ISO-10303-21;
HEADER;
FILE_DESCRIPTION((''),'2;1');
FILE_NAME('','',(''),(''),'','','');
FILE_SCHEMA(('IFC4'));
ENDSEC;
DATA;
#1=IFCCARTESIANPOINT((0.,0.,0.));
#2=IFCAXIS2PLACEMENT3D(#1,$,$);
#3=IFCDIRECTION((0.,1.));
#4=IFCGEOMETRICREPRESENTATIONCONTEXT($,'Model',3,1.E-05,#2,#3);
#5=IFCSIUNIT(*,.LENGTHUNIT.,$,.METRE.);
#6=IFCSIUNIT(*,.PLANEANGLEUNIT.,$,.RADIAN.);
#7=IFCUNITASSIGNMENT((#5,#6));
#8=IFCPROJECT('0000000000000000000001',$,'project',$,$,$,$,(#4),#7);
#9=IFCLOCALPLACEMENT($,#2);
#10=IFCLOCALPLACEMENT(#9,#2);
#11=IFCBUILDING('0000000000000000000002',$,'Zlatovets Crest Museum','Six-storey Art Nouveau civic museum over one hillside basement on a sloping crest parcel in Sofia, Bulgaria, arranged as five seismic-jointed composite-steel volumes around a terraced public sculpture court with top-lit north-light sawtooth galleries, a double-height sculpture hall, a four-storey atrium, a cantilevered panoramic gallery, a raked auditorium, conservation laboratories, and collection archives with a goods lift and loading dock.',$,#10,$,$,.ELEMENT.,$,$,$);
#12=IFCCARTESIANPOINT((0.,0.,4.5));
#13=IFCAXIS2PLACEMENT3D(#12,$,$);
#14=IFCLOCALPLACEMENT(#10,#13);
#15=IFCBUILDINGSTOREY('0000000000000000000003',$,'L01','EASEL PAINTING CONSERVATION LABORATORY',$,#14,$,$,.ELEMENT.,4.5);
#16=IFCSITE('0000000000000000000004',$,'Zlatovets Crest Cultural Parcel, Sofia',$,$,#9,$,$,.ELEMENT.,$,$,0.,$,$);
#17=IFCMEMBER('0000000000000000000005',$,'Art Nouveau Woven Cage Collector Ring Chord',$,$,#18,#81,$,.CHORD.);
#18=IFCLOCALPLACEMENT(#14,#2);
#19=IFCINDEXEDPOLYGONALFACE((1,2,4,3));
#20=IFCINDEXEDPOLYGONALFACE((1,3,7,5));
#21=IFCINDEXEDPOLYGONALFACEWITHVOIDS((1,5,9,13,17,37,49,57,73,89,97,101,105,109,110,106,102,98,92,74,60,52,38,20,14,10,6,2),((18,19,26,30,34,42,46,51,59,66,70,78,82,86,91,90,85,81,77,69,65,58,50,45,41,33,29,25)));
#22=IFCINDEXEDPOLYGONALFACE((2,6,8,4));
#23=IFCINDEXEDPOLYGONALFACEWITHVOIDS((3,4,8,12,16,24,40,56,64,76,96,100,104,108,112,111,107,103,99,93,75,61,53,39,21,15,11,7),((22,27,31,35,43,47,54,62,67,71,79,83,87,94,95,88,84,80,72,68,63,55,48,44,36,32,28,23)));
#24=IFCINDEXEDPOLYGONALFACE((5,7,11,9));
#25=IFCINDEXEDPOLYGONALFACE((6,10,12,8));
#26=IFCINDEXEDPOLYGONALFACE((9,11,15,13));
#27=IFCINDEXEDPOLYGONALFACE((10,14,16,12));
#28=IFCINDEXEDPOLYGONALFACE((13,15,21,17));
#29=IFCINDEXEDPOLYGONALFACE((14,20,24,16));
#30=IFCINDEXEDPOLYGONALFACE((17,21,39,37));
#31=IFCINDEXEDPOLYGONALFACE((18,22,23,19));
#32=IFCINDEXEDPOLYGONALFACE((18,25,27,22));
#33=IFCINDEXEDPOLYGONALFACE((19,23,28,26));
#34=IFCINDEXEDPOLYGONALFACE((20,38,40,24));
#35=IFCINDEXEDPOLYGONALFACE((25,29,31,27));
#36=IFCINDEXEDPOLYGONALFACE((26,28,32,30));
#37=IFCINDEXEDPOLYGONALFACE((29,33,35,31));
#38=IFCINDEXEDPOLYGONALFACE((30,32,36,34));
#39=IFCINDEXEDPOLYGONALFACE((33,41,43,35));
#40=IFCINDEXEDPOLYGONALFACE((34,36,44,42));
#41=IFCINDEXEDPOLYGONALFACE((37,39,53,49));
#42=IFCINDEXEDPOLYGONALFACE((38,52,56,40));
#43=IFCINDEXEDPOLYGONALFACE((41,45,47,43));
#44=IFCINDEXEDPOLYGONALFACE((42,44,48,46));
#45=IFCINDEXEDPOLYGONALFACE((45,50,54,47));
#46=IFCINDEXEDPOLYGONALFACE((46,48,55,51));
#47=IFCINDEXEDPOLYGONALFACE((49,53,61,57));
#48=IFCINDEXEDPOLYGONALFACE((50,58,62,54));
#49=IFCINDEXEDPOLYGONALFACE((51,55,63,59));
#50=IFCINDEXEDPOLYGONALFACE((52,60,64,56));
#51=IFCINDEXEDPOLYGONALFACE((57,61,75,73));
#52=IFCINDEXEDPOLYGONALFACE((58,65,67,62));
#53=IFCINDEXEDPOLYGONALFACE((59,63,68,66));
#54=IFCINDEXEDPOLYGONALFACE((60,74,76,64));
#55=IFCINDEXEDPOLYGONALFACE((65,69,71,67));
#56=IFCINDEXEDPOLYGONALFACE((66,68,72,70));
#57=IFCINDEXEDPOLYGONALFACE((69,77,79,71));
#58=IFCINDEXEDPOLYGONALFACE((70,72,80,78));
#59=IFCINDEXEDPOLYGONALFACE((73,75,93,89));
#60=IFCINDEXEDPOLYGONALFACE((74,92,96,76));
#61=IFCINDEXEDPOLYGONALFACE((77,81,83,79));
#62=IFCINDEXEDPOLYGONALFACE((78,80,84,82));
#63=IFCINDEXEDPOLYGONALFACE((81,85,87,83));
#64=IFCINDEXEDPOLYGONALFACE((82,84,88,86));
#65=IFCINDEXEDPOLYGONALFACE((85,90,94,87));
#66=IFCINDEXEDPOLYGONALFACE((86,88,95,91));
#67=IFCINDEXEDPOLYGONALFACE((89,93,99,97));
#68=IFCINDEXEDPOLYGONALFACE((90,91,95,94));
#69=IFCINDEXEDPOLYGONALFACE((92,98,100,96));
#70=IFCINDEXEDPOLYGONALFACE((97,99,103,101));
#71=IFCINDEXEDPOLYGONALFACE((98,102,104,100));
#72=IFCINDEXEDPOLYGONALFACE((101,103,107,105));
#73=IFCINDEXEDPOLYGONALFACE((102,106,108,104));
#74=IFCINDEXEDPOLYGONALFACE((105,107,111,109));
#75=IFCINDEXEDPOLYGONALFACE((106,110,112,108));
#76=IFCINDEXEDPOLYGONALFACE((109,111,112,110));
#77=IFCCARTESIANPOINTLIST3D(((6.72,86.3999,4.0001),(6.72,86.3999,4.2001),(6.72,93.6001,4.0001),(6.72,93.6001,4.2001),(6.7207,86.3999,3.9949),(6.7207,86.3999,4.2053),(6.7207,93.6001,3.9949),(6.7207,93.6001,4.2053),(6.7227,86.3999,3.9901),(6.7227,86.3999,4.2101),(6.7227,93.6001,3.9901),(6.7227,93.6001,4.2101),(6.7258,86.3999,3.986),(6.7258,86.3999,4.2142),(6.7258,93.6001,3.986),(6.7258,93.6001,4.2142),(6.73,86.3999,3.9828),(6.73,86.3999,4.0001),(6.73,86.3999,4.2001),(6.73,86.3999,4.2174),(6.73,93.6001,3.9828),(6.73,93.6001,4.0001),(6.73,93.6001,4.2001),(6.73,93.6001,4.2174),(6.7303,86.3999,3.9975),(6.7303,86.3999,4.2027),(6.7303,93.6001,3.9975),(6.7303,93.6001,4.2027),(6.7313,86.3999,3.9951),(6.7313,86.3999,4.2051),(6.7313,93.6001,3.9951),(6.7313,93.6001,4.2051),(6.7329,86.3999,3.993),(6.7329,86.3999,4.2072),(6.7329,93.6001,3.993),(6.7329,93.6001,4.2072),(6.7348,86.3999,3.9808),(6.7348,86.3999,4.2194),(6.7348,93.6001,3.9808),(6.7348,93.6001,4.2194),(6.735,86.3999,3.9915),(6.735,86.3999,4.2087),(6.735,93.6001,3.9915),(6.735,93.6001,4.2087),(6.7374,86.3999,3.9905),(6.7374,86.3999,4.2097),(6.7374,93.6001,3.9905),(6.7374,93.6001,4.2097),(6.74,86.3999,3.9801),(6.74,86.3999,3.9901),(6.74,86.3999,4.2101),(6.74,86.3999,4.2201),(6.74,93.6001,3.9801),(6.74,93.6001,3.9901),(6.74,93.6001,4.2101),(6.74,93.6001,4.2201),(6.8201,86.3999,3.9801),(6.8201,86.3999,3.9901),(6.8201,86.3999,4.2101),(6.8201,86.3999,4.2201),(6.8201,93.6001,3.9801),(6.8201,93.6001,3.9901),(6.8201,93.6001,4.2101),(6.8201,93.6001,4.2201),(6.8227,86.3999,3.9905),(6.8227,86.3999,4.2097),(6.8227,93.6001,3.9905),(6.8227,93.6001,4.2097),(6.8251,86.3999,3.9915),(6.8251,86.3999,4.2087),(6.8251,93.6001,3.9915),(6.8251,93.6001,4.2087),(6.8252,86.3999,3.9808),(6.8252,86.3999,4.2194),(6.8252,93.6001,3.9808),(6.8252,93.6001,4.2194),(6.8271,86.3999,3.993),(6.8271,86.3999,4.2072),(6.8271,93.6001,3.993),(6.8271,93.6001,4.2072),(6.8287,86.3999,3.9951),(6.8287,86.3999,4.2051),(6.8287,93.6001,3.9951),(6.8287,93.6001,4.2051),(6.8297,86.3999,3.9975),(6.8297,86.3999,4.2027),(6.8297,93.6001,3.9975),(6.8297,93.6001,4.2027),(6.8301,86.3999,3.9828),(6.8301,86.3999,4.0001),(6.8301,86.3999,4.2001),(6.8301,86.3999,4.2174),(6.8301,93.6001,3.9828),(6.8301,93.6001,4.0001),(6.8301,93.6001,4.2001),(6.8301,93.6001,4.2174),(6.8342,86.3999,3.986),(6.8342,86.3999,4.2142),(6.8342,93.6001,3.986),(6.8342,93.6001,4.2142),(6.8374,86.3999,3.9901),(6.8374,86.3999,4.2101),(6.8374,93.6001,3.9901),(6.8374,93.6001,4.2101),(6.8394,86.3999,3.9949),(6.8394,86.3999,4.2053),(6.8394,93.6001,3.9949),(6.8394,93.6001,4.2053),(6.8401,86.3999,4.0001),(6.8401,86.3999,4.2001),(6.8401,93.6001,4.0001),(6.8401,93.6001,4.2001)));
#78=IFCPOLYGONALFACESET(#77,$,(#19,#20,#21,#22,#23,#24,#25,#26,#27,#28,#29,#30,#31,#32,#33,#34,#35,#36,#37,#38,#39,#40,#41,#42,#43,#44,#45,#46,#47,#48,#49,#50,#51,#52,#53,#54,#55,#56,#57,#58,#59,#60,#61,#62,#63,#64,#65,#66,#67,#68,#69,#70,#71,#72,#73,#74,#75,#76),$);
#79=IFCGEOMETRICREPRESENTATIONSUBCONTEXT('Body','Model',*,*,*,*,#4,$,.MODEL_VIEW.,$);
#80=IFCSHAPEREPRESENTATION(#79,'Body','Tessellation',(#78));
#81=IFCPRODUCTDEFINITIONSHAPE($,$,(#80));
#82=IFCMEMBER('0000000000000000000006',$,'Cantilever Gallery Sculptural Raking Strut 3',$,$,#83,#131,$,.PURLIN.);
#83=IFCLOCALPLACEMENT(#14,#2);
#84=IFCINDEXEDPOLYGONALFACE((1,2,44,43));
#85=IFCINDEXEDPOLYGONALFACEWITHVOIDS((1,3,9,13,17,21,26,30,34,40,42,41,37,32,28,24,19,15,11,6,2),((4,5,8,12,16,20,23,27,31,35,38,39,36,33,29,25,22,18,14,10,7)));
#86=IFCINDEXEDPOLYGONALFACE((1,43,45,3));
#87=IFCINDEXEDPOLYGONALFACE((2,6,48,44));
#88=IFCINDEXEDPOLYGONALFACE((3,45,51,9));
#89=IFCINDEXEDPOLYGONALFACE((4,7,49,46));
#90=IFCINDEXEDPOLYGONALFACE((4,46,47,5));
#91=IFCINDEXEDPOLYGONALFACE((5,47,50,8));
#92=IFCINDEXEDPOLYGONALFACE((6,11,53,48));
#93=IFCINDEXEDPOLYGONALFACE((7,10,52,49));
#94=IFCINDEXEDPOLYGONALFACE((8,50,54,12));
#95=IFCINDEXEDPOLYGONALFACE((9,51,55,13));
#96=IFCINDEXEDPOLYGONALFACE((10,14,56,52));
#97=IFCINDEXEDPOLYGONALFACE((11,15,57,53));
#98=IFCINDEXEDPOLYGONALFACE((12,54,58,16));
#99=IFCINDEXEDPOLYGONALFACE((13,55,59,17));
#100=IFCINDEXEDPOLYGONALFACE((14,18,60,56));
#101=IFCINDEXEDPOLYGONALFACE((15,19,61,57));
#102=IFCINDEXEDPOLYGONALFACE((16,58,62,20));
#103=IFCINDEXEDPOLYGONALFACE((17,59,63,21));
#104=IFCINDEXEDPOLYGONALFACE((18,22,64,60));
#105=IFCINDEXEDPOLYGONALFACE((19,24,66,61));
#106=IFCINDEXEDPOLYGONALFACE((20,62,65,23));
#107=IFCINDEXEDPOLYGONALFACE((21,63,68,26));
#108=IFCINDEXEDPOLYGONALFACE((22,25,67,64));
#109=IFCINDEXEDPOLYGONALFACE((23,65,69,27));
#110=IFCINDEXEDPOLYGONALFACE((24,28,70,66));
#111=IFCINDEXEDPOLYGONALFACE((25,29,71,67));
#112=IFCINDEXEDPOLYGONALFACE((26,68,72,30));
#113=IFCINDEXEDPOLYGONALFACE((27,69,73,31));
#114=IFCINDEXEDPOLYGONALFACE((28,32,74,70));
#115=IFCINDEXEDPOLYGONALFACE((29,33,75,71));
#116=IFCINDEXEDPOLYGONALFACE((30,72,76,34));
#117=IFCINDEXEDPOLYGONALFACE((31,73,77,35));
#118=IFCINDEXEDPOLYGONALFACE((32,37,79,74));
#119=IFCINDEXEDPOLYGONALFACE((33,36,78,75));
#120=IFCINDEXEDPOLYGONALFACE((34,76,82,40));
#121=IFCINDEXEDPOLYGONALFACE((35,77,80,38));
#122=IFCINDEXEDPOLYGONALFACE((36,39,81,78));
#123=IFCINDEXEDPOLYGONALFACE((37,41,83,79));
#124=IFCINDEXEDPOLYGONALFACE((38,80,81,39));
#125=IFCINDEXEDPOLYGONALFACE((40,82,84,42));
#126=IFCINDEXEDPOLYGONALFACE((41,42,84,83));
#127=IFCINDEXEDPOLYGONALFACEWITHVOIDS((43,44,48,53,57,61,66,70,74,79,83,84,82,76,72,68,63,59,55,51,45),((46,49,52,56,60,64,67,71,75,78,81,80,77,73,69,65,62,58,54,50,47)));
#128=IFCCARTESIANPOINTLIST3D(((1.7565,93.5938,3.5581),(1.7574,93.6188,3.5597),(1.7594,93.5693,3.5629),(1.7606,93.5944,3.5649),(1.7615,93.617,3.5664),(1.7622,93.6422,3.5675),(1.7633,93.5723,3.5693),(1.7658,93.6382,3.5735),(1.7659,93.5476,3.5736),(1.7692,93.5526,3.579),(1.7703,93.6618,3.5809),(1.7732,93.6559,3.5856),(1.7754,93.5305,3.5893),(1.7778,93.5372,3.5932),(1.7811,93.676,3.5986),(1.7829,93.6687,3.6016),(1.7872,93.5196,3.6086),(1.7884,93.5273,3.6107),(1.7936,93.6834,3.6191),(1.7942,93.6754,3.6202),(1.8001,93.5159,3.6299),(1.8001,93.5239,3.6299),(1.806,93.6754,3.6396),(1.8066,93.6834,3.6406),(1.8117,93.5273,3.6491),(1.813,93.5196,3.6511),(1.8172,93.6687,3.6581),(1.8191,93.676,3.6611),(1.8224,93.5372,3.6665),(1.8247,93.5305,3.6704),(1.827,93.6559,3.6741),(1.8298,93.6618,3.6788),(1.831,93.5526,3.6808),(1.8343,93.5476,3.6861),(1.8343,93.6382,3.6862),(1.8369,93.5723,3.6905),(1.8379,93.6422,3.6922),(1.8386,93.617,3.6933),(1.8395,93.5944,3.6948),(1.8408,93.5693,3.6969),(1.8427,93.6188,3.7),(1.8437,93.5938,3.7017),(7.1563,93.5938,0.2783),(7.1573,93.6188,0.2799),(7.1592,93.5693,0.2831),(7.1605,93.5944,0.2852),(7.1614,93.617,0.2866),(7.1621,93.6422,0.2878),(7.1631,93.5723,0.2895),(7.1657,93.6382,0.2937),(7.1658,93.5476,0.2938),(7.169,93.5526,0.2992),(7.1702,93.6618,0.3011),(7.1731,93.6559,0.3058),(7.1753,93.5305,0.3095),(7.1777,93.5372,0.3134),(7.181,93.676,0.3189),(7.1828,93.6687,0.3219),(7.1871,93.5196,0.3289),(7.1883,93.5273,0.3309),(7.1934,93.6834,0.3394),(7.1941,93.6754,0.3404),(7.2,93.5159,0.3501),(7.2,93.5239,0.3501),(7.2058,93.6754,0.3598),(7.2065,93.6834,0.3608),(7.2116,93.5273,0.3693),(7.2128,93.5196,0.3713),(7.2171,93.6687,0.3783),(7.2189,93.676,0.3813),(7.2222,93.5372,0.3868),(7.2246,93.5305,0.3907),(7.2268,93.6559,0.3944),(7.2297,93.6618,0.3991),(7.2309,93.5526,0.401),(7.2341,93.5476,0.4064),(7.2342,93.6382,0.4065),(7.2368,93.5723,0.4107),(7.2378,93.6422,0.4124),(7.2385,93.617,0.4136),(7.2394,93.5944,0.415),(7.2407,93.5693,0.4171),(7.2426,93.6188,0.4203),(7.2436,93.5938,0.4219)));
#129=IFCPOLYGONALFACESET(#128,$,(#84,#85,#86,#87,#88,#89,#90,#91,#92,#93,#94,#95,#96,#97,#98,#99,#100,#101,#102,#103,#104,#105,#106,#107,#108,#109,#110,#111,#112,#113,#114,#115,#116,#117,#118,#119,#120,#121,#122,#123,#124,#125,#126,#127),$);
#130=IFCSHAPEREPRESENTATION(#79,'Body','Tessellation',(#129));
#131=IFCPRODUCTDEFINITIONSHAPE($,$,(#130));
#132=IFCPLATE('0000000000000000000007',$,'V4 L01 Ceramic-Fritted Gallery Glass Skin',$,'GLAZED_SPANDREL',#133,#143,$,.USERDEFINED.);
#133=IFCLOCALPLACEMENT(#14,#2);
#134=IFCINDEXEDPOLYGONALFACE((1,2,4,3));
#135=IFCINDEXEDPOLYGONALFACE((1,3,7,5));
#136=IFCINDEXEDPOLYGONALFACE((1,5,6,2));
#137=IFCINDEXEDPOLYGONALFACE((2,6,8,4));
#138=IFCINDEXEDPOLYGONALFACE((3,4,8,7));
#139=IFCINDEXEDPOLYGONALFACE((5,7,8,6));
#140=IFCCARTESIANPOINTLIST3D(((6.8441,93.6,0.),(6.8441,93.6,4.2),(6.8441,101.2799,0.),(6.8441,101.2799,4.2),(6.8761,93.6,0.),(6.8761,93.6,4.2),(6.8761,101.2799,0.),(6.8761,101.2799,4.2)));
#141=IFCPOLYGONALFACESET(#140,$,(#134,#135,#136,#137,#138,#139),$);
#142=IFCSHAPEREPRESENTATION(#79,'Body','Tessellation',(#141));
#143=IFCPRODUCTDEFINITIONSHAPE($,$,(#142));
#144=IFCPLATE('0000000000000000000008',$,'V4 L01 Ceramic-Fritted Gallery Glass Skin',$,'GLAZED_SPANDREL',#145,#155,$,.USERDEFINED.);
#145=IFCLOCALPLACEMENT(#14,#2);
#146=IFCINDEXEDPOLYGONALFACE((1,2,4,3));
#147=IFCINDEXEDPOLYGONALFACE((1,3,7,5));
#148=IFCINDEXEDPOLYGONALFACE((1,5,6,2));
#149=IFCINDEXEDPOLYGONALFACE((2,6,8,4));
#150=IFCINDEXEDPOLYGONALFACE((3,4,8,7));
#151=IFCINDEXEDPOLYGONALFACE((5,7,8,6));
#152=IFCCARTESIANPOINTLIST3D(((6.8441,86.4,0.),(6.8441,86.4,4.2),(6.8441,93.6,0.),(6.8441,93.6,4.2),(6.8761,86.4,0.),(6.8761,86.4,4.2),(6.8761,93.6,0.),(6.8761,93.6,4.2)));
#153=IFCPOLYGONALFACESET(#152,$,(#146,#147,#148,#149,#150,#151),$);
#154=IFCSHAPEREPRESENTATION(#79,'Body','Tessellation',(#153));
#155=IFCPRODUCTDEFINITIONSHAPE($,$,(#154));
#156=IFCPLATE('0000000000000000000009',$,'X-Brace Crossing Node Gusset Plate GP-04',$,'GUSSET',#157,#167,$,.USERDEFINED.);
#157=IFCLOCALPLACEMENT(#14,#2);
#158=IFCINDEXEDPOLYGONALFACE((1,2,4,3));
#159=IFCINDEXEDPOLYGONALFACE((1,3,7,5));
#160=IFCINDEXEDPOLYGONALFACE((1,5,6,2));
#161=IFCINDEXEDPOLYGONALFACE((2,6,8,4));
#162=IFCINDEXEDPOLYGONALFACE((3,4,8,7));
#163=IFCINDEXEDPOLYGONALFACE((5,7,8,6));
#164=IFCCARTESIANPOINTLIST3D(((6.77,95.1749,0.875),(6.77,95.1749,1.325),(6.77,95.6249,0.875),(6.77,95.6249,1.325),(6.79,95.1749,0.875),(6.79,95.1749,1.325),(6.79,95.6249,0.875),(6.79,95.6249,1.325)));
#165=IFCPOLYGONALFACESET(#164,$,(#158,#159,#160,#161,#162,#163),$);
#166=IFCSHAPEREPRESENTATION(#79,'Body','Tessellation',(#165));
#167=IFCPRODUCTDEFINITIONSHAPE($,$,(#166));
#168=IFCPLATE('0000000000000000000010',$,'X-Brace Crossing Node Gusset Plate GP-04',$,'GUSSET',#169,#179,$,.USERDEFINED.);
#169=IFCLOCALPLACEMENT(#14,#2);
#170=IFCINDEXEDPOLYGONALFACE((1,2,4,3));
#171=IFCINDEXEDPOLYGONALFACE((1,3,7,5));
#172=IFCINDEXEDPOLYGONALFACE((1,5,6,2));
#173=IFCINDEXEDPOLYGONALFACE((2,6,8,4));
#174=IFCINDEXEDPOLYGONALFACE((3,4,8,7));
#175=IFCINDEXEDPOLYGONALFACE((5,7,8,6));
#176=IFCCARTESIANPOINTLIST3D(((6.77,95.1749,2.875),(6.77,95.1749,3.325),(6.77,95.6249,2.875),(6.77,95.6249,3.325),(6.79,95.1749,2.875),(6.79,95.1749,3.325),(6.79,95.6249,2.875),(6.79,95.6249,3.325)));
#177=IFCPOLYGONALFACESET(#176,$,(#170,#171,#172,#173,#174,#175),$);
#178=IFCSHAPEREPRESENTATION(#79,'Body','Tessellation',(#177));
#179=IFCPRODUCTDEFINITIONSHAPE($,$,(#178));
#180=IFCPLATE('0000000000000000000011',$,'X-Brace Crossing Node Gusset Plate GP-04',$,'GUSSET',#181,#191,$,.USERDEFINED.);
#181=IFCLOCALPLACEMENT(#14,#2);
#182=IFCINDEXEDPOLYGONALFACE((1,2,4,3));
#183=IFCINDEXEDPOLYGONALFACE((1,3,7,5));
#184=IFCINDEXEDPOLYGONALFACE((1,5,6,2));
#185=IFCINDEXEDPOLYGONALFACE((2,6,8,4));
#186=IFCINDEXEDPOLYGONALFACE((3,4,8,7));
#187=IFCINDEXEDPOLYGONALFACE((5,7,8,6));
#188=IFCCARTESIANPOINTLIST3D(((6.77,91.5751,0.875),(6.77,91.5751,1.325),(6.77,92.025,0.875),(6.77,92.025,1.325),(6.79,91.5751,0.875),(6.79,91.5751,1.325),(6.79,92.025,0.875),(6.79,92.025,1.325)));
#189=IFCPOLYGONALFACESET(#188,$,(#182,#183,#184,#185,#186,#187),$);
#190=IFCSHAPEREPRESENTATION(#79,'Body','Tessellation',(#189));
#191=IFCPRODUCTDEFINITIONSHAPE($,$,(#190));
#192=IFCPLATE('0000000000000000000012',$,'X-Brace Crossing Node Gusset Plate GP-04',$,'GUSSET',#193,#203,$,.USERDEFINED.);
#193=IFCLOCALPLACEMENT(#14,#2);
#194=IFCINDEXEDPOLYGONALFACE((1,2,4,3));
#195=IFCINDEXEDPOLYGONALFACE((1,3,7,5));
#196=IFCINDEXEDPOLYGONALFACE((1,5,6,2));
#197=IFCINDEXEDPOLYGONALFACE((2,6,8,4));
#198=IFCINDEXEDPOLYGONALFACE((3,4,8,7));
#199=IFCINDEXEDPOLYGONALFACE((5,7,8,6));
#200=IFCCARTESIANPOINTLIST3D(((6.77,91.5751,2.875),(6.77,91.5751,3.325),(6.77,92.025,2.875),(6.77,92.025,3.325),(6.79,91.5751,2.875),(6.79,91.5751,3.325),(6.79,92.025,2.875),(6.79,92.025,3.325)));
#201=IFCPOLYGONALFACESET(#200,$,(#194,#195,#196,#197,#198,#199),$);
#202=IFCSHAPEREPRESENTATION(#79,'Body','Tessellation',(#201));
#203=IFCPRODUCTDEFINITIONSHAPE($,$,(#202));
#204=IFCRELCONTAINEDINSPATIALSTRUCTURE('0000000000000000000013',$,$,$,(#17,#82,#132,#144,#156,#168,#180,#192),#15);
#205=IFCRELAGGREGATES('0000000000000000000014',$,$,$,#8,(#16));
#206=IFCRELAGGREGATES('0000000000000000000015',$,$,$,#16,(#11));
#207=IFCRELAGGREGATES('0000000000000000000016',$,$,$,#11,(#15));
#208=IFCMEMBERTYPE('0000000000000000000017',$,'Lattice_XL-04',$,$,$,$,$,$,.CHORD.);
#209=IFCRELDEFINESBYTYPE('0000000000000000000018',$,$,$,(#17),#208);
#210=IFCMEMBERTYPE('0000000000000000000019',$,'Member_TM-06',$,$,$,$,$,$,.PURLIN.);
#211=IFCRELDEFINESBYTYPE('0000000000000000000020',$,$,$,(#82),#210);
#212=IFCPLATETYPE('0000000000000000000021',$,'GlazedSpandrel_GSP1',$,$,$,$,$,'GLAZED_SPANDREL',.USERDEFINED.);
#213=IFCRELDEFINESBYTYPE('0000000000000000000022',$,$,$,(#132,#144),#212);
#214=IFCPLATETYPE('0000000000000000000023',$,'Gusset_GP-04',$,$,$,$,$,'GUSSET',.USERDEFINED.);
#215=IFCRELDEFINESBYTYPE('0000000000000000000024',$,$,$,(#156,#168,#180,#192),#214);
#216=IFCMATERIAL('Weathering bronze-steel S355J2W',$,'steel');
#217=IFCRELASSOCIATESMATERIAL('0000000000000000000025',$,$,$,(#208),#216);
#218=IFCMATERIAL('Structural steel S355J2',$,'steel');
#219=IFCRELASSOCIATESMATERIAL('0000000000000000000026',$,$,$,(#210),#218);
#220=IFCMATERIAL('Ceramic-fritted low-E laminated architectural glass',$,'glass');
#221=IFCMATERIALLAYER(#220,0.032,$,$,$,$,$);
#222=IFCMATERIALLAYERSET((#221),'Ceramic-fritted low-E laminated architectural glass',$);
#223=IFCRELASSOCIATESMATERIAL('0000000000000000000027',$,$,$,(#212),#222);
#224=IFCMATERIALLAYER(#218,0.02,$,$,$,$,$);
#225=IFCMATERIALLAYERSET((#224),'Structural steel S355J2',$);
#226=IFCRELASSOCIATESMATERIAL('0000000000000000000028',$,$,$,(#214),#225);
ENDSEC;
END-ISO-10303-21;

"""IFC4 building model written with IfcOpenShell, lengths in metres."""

from ifc_helpers import new_model, si_unit, direction, frame, origin, origin_2d, place, context, subcontext, project, spatial, rectangle, hollow_rectangle, hollow_circle, extrude, material, layer, layer_set, material_profile, profile_set, type_object, element, save


model = new_model("IFC4")

# Units and contexts
model_context = context("Model", 3, precision=1e-05, world=origin(), true_north=direction((0.0, 1.0)))
body_context = subcontext(model_context, "Body", "Model", "MODEL_VIEW")
ifc_project = project(units=[si_unit("LENGTHUNIT", "METRE"), si_unit("PLANEANGLEUNIT", "RADIAN")], contexts=[model_context])

# Site, building, storey
site_placement = place(None, origin())
site = spatial("IfcSite", under=ifc_project, at=site_placement, Name="Zlatovets Crest Cultural Parcel, Sofia", CompositionType="ELEMENT", RefElevation=0.0)
building_placement = place(site_placement, origin())
building = spatial("IfcBuilding", under=site, at=building_placement, Name="Zlatovets Crest Museum", Description="Six-storey Art Nouveau civic museum over one hillside basement on a sloping crest parcel in Sofia, Bulgaria, arranged as five seismic-jointed composite-steel volumes around a terraced public sculpture court with top-lit north-light sawtooth galleries, a double-height sculpture hall, a four-storey atrium, a cantilevered panoramic gallery, a raked auditorium, conservation laboratories, and collection archives with a goods lift and loading dock.", CompositionType="ELEMENT")
storey_placement = place(building_placement, frame((0.0, 0.0, 4.5)))
storey = spatial("IfcBuildingStorey", under=building, at=storey_placement, Name="L01", Description="EASEL PAINTING CONSERVATION LABORATORY", CompositionType="ELEMENT", Elevation=4.5)

# Shared definitions
ifc_material_1 = material(Name="Structural steel S355J2", Category="steel")

# Members
ifc_material_2 = material(Name="Weathering bronze-steel S355J2W", Category="steel")
ifc_material_profile_1 = material_profile(ifc_material_2, hollow_rectangle(XDim=0.1201, YDim=0.24, WallThickness=0.01, InnerFilletRadius=0.01, OuterFilletRadius=0.02, at=origin_2d()), Name="RHS 120x240x10.0")
ifc_profile_set_1 = profile_set([ifc_material_profile_1], Name="Weathering bronze-steel S355J2W")
member_type_1 = type_object("IfcMemberType", Name="Lattice_XL-04", PredefinedType="CHORD", material=ifc_profile_set_1)
member_1_placement = place(storey_placement, frame((6.78, 93.6001, 4.1001), z_axis=(0.0, -1.0, 0.0), x_axis=(1.0, 0.0, 0.0)))
element("IfcMember", 1, at=member_1_placement, inside=storey, type_object=member_type_1, Name="Art Nouveau Woven Cage Collector Ring Chord", PredefinedType="CHORD", context=body_context, shape_type="SweptSolid", body=[
    extrude(hollow_rectangle(XDim=0.1201, YDim=0.24, WallThickness=0.01, InnerFilletRadius=0.01, OuterFilletRadius=0.02, at=origin_2d()), origin(), (0.0, 0.0, 1.0), 7.2002),
])
ifc_material_profile_2 = material_profile(ifc_material_1, hollow_circle(Radius=0.0842, WallThickness=0.0081, at=origin_2d()), Name="CHS 168.3x8.0")
ifc_profile_set_2 = profile_set([ifc_material_profile_2], Name="Structural steel S355J2")
member_type_2 = type_object("IfcMemberType", Name="Member_TM-06", PredefinedType="PURLIN", material=ifc_profile_set_2)
member_2_placement = place(storey_placement, frame((7.2, 93.6001, 0.3501), z_axis=(-0.854698, 0.0, 0.519125), x_axis=(0.0, -1.0, 0.0)))
element("IfcMember", 2, at=member_2_placement, inside=storey, type_object=member_type_2, Name="Cantilever Gallery Sculptural Raking Strut 3", PredefinedType="PURLIN", context=body_context, shape_type="SweptSolid", body=[
    extrude(hollow_circle(Radius=0.0842, WallThickness=0.0081, at=origin_2d()), origin(), (0.0, 0.0, 1.0), 6.3179),
])

# Plates
ifc_material_3 = material(Name="Ceramic-fritted low-E laminated architectural glass", Category="glass")
ifc_layer_1 = layer(ifc_material_3, 0.032)
ifc_layer_set_1 = layer_set([ifc_layer_1], Name="Ceramic-fritted low-E laminated architectural glass")
plate_type_1 = type_object("IfcPlateType", Name="GlazedSpandrel_GSP1", ElementType="GLAZED_SPANDREL", PredefinedType="USERDEFINED", material=ifc_layer_set_1)
plate_1_placement = place(storey_placement, frame((6.8601, 97.4399, 0.0), z_axis=(0.0, 0.0, 1.0), x_axis=(0.0, 1.0, 0.0)))
element("IfcPlate", 3, at=plate_1_placement, inside=storey, type_object=plate_type_1, Name="V4 L01 Ceramic-Fritted Gallery Glass Skin", ObjectType="GLAZED_SPANDREL", PredefinedType="USERDEFINED", context=body_context, shape_type="SweptSolid", body=[
    extrude(rectangle(XDim=7.6799, YDim=0.032, at=origin_2d()), origin(), (0.0, 0.0, 1.0), 4.2),
])
plate_2_placement = place(storey_placement, frame((6.8601, 90.0, 0.0), z_axis=(0.0, 0.0, 1.0), x_axis=(0.0, 1.0, 0.0)))
element("IfcPlate", 4, at=plate_2_placement, inside=storey, type_object=plate_type_1, Name="V4 L01 Ceramic-Fritted Gallery Glass Skin", ObjectType="GLAZED_SPANDREL", PredefinedType="USERDEFINED", context=body_context, shape_type="SweptSolid", body=[
    extrude(rectangle(XDim=7.2, YDim=0.032, at=origin_2d()), origin(), (0.0, 0.0, 1.0), 4.2),
])
ifc_layer_2 = layer(ifc_material_1, 0.02)
ifc_layer_set_2 = layer_set([ifc_layer_2], Name="Structural steel S355J2")
plate_type_2 = type_object("IfcPlateType", Name="Gusset_GP-04", ElementType="GUSSET", PredefinedType="USERDEFINED", material=ifc_layer_set_2)
for number, where, z_axis, x_axis, name in (
    (5, (6.78, 95.3999, 0.875), (0.0, 0.0, 1.0), (1.0, 0.0, 0.0), "X-Brace Crossing Node Gusset Plate GP-04"),
    (6, (6.78, 95.3999, 2.875), (0.0, 0.0, 1.0), (1.0, 0.0, 0.0), "X-Brace Crossing Node Gusset Plate GP-04"),
    (7, (6.78, 91.8, 0.875), (0.0, 0.0, 1.0), (1.0, 0.0, 0.0), "X-Brace Crossing Node Gusset Plate GP-04"),
    (8, (6.78, 91.8, 2.875), (0.0, 0.0, 1.0), (1.0, 0.0, 0.0), "X-Brace Crossing Node Gusset Plate GP-04"),
):
    element("IfcPlate", number, at=place(storey_placement, frame(where, z_axis=z_axis, x_axis=x_axis)), inside=storey, type_object=plate_type_2, Name=name, ObjectType="GUSSET", PredefinedType="USERDEFINED", context=body_context, shape_type="SweptSolid", body=[
        extrude(rectangle(XDim=0.02, YDim=0.45, at=origin_2d()), origin(), (0.0, 0.0, 1.0), 0.45),
    ])

save(model, "model.ifc")
